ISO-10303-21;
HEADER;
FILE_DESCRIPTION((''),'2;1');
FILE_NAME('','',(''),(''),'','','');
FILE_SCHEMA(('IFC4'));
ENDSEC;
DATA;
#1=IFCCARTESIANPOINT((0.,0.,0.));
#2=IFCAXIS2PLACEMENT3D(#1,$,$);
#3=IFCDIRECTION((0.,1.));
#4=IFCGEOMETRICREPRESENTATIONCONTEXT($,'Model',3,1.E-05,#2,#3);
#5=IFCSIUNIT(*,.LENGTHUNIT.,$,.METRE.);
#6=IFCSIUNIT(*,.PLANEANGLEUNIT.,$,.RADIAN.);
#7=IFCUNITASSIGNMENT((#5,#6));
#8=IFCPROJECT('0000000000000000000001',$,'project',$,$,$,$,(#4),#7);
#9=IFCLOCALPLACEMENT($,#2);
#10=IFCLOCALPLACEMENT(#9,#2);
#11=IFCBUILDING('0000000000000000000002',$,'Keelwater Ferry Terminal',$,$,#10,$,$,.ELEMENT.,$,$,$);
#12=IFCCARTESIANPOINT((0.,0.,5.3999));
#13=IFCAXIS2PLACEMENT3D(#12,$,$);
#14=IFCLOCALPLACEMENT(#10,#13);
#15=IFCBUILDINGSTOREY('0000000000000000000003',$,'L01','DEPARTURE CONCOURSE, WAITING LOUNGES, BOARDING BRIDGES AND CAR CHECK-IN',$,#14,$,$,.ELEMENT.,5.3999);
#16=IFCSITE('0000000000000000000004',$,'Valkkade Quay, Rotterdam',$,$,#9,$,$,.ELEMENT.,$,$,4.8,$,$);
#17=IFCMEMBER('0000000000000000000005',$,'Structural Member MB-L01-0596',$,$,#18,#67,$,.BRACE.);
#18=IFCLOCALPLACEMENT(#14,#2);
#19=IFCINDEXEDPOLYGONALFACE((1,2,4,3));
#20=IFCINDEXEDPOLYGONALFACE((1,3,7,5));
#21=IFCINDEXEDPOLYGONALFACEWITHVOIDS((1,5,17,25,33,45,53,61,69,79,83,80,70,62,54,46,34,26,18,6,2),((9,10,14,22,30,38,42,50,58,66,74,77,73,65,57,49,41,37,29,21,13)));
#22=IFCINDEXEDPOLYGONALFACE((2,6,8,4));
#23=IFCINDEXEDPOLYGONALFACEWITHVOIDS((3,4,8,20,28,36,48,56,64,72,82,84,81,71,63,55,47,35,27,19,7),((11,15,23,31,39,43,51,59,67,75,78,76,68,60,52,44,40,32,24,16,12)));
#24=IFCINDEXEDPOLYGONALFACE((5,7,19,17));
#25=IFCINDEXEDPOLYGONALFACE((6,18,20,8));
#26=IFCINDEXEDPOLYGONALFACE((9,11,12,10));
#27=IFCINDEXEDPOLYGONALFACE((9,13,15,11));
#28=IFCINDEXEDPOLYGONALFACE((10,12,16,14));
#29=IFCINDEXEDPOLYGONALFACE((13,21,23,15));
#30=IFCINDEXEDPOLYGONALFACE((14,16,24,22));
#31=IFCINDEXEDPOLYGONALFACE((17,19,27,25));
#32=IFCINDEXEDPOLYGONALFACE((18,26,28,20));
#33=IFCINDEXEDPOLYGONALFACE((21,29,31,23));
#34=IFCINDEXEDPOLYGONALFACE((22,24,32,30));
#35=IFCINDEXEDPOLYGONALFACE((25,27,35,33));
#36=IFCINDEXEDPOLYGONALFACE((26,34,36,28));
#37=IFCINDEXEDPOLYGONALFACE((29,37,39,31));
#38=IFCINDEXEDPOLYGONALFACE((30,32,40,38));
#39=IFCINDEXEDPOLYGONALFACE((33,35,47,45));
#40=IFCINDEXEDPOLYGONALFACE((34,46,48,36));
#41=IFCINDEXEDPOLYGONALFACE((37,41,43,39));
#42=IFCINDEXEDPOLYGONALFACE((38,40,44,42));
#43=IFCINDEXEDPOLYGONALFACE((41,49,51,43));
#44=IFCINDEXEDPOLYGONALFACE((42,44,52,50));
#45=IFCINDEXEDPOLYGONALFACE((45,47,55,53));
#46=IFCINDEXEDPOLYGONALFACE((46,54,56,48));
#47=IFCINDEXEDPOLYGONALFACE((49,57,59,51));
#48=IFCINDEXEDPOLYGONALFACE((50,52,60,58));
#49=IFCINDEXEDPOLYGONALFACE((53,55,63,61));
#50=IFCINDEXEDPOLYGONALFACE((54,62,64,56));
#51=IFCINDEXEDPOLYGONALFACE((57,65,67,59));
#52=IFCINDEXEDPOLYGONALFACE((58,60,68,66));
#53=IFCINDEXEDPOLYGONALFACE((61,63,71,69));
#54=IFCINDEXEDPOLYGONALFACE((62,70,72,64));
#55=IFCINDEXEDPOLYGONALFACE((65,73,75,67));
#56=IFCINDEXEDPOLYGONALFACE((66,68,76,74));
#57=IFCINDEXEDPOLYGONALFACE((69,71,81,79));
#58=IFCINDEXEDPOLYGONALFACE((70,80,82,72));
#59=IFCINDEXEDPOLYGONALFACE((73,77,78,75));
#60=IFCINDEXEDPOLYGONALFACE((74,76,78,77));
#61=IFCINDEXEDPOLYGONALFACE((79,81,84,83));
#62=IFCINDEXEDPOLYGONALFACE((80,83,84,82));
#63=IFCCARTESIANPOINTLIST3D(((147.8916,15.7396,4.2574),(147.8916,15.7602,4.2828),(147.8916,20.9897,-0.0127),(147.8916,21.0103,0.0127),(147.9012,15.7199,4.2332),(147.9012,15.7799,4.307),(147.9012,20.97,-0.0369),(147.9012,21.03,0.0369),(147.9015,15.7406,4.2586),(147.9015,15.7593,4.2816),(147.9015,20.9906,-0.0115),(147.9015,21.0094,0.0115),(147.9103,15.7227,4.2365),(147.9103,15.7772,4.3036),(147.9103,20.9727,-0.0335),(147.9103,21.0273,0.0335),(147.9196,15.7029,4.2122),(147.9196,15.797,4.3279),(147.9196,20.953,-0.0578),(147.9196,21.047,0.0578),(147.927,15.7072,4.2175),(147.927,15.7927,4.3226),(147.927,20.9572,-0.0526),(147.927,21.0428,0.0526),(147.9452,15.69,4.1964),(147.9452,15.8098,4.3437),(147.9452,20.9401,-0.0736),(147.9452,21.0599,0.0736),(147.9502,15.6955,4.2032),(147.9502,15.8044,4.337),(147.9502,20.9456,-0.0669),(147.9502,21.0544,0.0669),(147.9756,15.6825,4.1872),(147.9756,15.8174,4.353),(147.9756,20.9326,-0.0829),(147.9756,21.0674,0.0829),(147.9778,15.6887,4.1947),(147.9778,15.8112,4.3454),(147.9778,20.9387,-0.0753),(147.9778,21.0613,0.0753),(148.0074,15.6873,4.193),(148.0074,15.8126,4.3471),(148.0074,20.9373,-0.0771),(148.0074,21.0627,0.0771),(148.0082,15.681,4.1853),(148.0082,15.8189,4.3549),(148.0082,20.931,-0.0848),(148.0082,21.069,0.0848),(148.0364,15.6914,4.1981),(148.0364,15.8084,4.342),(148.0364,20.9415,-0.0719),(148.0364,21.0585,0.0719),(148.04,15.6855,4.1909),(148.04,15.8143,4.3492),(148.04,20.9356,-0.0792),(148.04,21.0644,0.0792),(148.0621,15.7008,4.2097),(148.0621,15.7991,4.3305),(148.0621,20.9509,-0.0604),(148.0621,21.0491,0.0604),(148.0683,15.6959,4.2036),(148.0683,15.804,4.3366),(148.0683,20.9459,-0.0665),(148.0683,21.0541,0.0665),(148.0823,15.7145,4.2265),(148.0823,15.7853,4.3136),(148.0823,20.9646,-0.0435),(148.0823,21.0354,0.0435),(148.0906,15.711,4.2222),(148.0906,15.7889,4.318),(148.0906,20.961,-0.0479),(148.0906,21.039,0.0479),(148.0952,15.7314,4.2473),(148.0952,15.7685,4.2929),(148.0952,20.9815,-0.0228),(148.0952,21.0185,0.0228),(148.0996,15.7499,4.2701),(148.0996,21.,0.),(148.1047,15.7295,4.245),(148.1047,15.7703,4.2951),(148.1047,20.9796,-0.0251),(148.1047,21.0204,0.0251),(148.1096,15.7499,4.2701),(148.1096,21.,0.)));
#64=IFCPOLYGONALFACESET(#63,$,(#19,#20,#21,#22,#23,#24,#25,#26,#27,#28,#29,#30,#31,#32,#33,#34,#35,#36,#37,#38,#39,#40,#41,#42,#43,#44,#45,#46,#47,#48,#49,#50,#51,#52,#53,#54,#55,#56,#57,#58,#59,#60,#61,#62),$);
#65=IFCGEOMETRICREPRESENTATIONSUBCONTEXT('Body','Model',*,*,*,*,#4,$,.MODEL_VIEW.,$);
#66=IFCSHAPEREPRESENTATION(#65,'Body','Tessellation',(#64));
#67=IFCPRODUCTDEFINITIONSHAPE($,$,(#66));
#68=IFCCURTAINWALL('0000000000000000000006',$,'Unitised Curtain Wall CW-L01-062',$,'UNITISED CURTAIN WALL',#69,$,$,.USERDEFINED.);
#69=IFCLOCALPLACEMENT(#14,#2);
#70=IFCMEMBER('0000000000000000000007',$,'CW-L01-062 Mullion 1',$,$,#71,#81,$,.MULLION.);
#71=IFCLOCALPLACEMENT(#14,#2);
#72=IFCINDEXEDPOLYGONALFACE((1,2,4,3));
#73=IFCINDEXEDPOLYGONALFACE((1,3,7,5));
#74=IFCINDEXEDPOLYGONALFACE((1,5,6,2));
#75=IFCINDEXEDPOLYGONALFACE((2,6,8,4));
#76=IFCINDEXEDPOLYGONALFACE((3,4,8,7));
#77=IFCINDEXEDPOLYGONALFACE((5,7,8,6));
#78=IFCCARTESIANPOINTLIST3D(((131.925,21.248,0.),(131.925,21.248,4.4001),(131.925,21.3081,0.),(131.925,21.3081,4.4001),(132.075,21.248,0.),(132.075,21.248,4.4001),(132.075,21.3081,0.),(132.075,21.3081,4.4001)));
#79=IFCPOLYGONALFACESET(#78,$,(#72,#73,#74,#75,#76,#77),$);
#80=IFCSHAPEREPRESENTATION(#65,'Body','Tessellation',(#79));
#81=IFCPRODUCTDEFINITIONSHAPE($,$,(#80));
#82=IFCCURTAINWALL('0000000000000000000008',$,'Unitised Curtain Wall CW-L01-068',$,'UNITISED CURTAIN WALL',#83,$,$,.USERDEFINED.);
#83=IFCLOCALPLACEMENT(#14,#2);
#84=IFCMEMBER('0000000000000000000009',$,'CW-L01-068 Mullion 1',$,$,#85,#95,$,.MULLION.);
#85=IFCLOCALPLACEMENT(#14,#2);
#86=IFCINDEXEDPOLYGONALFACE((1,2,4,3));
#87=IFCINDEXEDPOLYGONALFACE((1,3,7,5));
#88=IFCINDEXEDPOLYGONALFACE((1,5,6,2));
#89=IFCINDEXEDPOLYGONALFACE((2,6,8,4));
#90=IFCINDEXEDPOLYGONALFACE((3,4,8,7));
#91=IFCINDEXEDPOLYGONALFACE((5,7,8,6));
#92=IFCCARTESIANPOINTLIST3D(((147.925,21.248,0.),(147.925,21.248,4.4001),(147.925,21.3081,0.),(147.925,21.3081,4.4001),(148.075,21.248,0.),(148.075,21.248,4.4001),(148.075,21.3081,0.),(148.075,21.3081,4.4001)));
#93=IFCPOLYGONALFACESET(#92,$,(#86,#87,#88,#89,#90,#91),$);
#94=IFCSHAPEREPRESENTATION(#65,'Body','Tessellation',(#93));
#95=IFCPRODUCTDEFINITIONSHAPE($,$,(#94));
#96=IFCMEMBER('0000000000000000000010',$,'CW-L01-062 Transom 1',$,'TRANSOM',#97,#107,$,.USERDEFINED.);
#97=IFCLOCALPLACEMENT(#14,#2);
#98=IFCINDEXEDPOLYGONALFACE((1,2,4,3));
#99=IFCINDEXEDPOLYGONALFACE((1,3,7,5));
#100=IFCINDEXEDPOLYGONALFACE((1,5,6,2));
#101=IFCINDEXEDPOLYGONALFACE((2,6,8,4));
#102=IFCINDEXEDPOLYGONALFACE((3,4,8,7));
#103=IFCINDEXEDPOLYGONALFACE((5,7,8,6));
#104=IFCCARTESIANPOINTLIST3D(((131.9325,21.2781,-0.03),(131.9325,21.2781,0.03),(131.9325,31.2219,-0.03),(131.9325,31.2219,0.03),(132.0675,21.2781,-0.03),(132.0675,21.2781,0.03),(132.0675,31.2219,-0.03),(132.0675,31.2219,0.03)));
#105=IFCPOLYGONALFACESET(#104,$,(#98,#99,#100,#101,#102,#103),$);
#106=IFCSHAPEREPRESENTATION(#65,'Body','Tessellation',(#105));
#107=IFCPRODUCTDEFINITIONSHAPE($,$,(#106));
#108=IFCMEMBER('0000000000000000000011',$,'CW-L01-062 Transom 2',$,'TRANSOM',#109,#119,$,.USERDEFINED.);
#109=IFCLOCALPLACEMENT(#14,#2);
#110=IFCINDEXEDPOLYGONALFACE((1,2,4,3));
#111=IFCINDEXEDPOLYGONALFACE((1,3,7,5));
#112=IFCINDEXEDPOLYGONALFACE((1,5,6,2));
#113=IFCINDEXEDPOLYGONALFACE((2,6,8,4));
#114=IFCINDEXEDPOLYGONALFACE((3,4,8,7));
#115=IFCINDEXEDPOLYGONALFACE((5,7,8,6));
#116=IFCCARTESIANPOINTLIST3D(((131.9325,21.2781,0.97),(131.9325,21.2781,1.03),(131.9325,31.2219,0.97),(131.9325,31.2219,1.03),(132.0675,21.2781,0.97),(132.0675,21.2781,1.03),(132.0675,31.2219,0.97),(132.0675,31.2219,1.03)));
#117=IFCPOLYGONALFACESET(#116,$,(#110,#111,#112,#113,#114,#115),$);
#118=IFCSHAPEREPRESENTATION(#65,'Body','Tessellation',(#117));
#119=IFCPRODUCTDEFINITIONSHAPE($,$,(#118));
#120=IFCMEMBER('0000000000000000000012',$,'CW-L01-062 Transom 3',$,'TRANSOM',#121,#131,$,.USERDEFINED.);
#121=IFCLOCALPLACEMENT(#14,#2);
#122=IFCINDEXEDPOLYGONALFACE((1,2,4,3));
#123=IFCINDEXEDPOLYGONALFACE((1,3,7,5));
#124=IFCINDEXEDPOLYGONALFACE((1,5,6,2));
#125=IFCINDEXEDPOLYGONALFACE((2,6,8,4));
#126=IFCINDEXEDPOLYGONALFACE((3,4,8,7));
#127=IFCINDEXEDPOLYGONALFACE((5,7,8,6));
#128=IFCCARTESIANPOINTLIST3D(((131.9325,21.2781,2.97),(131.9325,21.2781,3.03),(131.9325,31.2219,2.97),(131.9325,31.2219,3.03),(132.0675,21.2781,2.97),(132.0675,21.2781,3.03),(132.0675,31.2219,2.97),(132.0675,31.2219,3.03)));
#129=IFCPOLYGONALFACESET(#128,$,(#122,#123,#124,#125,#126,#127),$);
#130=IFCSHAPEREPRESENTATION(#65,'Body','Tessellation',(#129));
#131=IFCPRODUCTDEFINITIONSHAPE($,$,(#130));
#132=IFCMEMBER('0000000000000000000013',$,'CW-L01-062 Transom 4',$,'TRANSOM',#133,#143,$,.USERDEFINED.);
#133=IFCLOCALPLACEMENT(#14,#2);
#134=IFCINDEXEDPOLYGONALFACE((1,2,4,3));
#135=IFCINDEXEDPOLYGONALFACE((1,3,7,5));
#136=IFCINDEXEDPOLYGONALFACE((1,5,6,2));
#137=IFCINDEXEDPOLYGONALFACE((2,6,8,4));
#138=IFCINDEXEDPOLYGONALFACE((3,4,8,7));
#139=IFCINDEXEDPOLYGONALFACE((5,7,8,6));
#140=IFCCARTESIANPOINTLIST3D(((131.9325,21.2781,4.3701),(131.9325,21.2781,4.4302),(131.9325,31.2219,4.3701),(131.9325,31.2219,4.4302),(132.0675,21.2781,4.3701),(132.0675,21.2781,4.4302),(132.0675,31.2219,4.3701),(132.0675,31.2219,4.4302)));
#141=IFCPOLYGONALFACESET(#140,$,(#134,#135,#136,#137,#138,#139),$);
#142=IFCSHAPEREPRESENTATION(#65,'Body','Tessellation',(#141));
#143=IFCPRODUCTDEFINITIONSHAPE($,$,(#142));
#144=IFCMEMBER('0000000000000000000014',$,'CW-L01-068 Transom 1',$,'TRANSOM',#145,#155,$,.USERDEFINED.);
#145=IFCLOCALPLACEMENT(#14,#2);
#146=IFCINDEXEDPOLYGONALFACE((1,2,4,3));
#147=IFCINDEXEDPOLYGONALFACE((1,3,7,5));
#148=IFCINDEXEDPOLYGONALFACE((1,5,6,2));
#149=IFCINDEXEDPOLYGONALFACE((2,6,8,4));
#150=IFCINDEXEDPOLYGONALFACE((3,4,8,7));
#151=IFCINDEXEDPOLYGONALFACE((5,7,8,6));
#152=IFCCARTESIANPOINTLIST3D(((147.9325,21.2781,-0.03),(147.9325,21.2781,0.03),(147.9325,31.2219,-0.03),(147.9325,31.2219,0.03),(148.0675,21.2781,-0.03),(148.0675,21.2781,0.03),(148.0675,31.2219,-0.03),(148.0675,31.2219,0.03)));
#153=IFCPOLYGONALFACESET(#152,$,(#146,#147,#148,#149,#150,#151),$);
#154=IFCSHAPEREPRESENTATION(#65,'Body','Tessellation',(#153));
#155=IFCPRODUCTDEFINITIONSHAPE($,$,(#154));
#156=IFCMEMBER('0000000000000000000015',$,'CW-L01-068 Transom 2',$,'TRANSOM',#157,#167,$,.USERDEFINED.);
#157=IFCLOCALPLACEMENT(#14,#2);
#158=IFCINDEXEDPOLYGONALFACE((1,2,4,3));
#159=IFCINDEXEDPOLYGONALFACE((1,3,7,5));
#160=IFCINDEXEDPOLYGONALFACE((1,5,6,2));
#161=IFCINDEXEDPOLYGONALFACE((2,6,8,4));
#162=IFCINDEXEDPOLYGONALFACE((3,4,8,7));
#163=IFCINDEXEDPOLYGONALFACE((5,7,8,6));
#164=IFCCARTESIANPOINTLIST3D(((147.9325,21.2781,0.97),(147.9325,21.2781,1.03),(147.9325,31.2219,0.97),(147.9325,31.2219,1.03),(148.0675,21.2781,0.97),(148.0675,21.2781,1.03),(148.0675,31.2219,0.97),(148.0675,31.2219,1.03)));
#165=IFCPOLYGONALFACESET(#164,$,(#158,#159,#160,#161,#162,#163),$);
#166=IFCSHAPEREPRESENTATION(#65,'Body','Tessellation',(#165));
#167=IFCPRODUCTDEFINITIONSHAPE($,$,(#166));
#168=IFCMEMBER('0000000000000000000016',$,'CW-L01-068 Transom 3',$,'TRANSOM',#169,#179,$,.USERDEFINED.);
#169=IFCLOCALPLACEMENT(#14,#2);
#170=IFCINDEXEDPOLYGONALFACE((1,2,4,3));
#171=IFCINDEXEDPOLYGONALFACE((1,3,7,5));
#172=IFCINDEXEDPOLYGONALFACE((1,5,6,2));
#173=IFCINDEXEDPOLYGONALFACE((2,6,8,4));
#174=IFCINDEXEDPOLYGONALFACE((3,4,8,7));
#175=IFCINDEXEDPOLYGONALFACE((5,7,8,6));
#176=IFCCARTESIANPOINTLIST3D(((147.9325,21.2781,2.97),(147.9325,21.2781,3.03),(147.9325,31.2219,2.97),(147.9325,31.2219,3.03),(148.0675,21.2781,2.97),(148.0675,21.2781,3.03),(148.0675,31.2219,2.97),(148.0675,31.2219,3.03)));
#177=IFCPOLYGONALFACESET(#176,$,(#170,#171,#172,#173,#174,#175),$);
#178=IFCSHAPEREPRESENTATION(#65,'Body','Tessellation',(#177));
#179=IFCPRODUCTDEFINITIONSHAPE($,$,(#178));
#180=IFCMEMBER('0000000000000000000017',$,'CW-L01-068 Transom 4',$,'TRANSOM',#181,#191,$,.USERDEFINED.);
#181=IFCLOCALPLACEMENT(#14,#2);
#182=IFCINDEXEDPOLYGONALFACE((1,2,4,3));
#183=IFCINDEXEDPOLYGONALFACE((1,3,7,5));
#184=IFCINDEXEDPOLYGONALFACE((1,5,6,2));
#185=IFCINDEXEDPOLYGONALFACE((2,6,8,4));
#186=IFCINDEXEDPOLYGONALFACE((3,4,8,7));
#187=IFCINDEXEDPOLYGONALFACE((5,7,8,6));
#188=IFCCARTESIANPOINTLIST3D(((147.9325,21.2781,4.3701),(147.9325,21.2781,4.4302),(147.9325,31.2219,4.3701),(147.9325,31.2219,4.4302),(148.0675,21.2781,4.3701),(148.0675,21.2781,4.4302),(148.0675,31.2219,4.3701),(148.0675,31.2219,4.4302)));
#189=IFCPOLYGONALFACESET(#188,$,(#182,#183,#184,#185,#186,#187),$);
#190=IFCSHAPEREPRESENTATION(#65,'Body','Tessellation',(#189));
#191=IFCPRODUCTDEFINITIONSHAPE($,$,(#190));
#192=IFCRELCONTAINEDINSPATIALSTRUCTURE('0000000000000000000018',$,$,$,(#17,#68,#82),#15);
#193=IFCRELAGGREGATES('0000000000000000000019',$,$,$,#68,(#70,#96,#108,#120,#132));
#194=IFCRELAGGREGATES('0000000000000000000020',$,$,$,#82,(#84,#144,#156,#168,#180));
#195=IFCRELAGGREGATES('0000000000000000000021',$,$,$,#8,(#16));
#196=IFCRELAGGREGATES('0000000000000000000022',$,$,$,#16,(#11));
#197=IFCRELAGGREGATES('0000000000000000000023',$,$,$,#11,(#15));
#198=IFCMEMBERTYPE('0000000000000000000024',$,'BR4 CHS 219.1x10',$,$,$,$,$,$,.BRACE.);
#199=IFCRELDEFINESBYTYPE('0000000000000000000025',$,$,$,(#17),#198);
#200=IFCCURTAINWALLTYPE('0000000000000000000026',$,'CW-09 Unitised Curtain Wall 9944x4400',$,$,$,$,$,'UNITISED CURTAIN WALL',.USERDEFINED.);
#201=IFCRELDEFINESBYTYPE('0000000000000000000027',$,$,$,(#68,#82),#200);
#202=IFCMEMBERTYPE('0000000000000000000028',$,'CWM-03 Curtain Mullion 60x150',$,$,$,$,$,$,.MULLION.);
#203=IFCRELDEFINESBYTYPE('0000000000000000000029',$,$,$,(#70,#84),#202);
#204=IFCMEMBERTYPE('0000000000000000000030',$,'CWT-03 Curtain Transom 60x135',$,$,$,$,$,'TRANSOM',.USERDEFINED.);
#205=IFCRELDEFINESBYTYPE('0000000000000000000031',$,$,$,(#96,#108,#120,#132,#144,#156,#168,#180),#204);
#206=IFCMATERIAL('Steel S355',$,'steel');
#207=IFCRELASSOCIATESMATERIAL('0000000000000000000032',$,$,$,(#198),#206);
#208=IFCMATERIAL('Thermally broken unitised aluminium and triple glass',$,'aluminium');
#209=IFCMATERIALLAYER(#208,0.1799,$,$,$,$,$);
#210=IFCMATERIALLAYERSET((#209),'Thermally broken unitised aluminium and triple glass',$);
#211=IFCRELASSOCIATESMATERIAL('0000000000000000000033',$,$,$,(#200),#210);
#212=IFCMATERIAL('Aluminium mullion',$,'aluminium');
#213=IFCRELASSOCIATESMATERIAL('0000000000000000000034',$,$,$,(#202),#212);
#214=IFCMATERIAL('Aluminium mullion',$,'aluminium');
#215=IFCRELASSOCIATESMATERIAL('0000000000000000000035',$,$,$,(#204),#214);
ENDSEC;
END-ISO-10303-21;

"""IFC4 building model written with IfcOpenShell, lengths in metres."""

from ifc_helpers import new_model, si_unit, direction, frame, origin, origin_2d, place, context, subcontext, project, spatial, rectangle, hollow_circle, extrude, material, layer, layer_set, material_profile, profile_set, type_object, element, aggregate, save


model = new_model("IFC4")

# Units and contexts
model_context = context("Model", 3, precision=1e-05, world=origin(), true_north=direction((0.0, 1.0)))
body_context = subcontext(model_context, "Body", "Model", "MODEL_VIEW")
ifc_project = project(units=[si_unit("LENGTHUNIT", "METRE"), si_unit("PLANEANGLEUNIT", "RADIAN")], contexts=[model_context])

# Site, building, storey
site_placement = place(None, origin())
site = spatial("IfcSite", under=ifc_project, at=site_placement, Name="Valkkade Quay, Rotterdam", CompositionType="ELEMENT", RefElevation=4.8)
building_placement = place(site_placement, origin())
building = spatial("IfcBuilding", under=site, at=building_placement, Name="Keelwater Ferry Terminal", CompositionType="ELEMENT")
storey_placement = place(building_placement, frame((0.0, 0.0, 5.3999)))
storey = spatial("IfcBuildingStorey", under=building, at=storey_placement, Name="L01", Description="DEPARTURE CONCOURSE, WAITING LOUNGES, BOARDING BRIDGES AND CAR CHECK-IN", CompositionType="ELEMENT", Elevation=5.3999)

# Member
ifc_material_1 = material(Name="Steel S355", Category="steel")
ifc_material_profile_1 = material_profile(ifc_material_1, hollow_circle(Radius=0.1096, WallThickness=0.01, at=origin_2d()), Name="CHS 219.1x10")
ifc_profile_set_1 = profile_set([ifc_material_profile_1], Name="Steel S355")
member_type_1 = type_object("IfcMemberType", Name="BR4 CHS 219.1x10", PredefinedType="BRACE", material=ifc_profile_set_1)
member_1_placement = place(storey_placement, frame((148.0, 21.0, 0.0), z_axis=(0.0, -0.775796, 0.630984), x_axis=(1.0, 0.0, 0.0)))
element("IfcMember", 1, at=member_1_placement, inside=storey, type_object=member_type_1, Name="Structural Member MB-L01-0596", PredefinedType="BRACE", context=body_context, shape_type="SweptSolid", body=[
    extrude(hollow_circle(Radius=0.1096, WallThickness=0.01, at=origin_2d()), origin(), (0.0, 0.0, 1.0), 6.7673),
])

# Curtain walls, members
ifc_material_2 = material(Name="Thermally broken unitised aluminium and triple glass", Category="aluminium")
ifc_layer_1 = layer(ifc_material_2, 0.1799)
ifc_layer_set_1 = layer_set([ifc_layer_1], Name="Thermally broken unitised aluminium and triple glass")
curtain_wall_type = type_object("IfcCurtainWallType", Name="CW-09 Unitised Curtain Wall 9944x4400", ElementType="UNITISED CURTAIN WALL", PredefinedType="USERDEFINED", material=ifc_layer_set_1)
curtain_wall_1_placement = place(storey_placement, origin())
curtain_wall_1 = element("IfcCurtainWall", 2, at=curtain_wall_1_placement, inside=storey, type_object=curtain_wall_type, Name="Unitised Curtain Wall CW-L01-062", ObjectType="UNITISED CURTAIN WALL", PredefinedType="USERDEFINED")
ifc_material_3 = material(Name="Aluminium mullion", Category="aluminium")
ifc_material_profile_2 = material_profile(ifc_material_3, rectangle(XDim=0.0601, YDim=0.1499, at=origin_2d()), Name="CWM-03")
ifc_profile_set_2 = profile_set([ifc_material_profile_2], Name="Aluminium mullion")
member_type_2 = type_object("IfcMemberType", Name="CWM-03 Curtain Mullion 60x150", PredefinedType="MULLION", material=ifc_profile_set_2)
member_2_placement = place(storey_placement, frame((132.0, 21.2781, 0.0), z_axis=(0.0, 0.0, 1.0), x_axis=(0.0, 1.0, 0.0)))
member_2 = element("IfcMember", 3, at=member_2_placement, type_object=member_type_2, Name="CW-L01-062 Mullion 1", PredefinedType="MULLION", context=body_context, shape_type="SweptSolid", body=[
    extrude(rectangle(XDim=0.0601, YDim=0.1499, at=origin_2d()), origin(), (0.0, 0.0, 1.0), 4.4001),
])
curtain_wall_2_placement = place(storey_placement, origin())
curtain_wall_2 = element("IfcCurtainWall", 4, at=curtain_wall_2_placement, inside=storey, type_object=curtain_wall_type, Name="Unitised Curtain Wall CW-L01-068", ObjectType="UNITISED CURTAIN WALL", PredefinedType="USERDEFINED")
member_3_placement = place(storey_placement, frame((148.0, 21.2781, 0.0), z_axis=(0.0, 0.0, 1.0), x_axis=(0.0, 1.0, 0.0)))
member_3 = element("IfcMember", 5, at=member_3_placement, type_object=member_type_2, Name="CW-L01-068 Mullion 1", PredefinedType="MULLION", context=body_context, shape_type="SweptSolid", body=[
    extrude(rectangle(XDim=0.0601, YDim=0.1499, at=origin_2d()), origin(), (0.0, 0.0, 1.0), 4.4001),
])

# Members
ifc_material_4 = material(Name="Aluminium mullion", Category="aluminium")
ifc_material_profile_3 = material_profile(ifc_material_4, rectangle(XDim=0.135, YDim=0.0601, at=origin_2d()), Name="CWT-03")
ifc_profile_set_3 = profile_set([ifc_material_profile_3], Name="Aluminium mullion")
member_type_3 = type_object("IfcMemberType", Name="CWT-03 Curtain Transom 60x135", ElementType="TRANSOM", PredefinedType="USERDEFINED", material=ifc_profile_set_3)
member_4_placement = place(storey_placement, frame((132.0, 21.2781, 0.0), z_axis=(0.0, 1.0, 0.0), x_axis=(-1.0, 0.0, 0.0)))
member_4 = element("IfcMember", 6, at=member_4_placement, type_object=member_type_3, Name="CW-L01-062 Transom 1", ObjectType="TRANSOM", PredefinedType="USERDEFINED", context=body_context, shape_type="SweptSolid", body=[
    extrude(rectangle(XDim=0.135, YDim=0.0601, at=origin_2d()), origin(), (0.0, 0.0, 1.0), 9.9438),
])
member_5_placement = place(storey_placement, frame((132.0, 21.2781, 1.0), z_axis=(0.0, 1.0, 0.0), x_axis=(-1.0, 0.0, 0.0)))
member_5 = element("IfcMember", 7, at=member_5_placement, type_object=member_type_3, Name="CW-L01-062 Transom 2", ObjectType="TRANSOM", PredefinedType="USERDEFINED", context=body_context, shape_type="SweptSolid", body=[
    extrude(rectangle(XDim=0.135, YDim=0.0601, at=origin_2d()), origin(), (0.0, 0.0, 1.0), 9.9438),
])
member_6_placement = place(storey_placement, frame((132.0, 21.2781, 3.0), z_axis=(0.0, 1.0, 0.0), x_axis=(-1.0, 0.0, 0.0)))
member_6 = element("IfcMember", 8, at=member_6_placement, type_object=member_type_3, Name="CW-L01-062 Transom 3", ObjectType="TRANSOM", PredefinedType="USERDEFINED", context=body_context, shape_type="SweptSolid", body=[
    extrude(rectangle(XDim=0.135, YDim=0.0601, at=origin_2d()), origin(), (0.0, 0.0, 1.0), 9.9438),
])
member_7_placement = place(storey_placement, frame((132.0, 21.2781, 4.4001), z_axis=(0.0, 1.0, 0.0), x_axis=(-1.0, 0.0, 0.0)))
member_7 = element("IfcMember", 9, at=member_7_placement, type_object=member_type_3, Name="CW-L01-062 Transom 4", ObjectType="TRANSOM", PredefinedType="USERDEFINED", context=body_context, shape_type="SweptSolid", body=[
    extrude(rectangle(XDim=0.135, YDim=0.0601, at=origin_2d()), origin(), (0.0, 0.0, 1.0), 9.9438),
])
aggregate(curtain_wall_1, [member_2, member_4, member_5, member_6, member_7])
member_8_placement = place(storey_placement, frame((148.0, 21.2781, 0.0), z_axis=(0.0, 1.0, 0.0), x_axis=(-1.0, 0.0, 0.0)))
member_8 = element("IfcMember", 10, at=member_8_placement, type_object=member_type_3, Name="CW-L01-068 Transom 1", ObjectType="TRANSOM", PredefinedType="USERDEFINED", context=body_context, shape_type="SweptSolid", body=[
    extrude(rectangle(XDim=0.135, YDim=0.0601, at=origin_2d()), origin(), (0.0, 0.0, 1.0), 9.9438),
])
member_9_placement = place(storey_placement, frame((148.0, 21.2781, 1.0), z_axis=(0.0, 1.0, 0.0), x_axis=(-1.0, 0.0, 0.0)))
member_9 = element("IfcMember", 11, at=member_9_placement, type_object=member_type_3, Name="CW-L01-068 Transom 2", ObjectType="TRANSOM", PredefinedType="USERDEFINED", context=body_context, shape_type="SweptSolid", body=[
    extrude(rectangle(XDim=0.135, YDim=0.0601, at=origin_2d()), origin(), (0.0, 0.0, 1.0), 9.9438),
])
member_10_placement = place(storey_placement, frame((148.0, 21.2781, 3.0), z_axis=(0.0, 1.0, 0.0), x_axis=(-1.0, 0.0, 0.0)))
member_10 = element("IfcMember", 12, at=member_10_placement, type_object=member_type_3, Name="CW-L01-068 Transom 3", ObjectType="TRANSOM", PredefinedType="USERDEFINED", context=body_context, shape_type="SweptSolid", body=[
    extrude(rectangle(XDim=0.135, YDim=0.0601, at=origin_2d()), origin(), (0.0, 0.0, 1.0), 9.9438),
])
member_11_placement = place(storey_placement, frame((148.0, 21.2781, 4.4001), z_axis=(0.0, 1.0, 0.0), x_axis=(-1.0, 0.0, 0.0)))
member_11 = element("IfcMember", 13, at=member_11_placement, type_object=member_type_3, Name="CW-L01-068 Transom 4", ObjectType="TRANSOM", PredefinedType="USERDEFINED", context=body_context, shape_type="SweptSolid", body=[
    extrude(rectangle(XDim=0.135, YDim=0.0601, at=origin_2d()), origin(), (0.0, 0.0, 1.0), 9.9438),
])
aggregate(curtain_wall_2, [member_3, member_8, member_9, member_10, member_11])

save(model, "model.ifc")
